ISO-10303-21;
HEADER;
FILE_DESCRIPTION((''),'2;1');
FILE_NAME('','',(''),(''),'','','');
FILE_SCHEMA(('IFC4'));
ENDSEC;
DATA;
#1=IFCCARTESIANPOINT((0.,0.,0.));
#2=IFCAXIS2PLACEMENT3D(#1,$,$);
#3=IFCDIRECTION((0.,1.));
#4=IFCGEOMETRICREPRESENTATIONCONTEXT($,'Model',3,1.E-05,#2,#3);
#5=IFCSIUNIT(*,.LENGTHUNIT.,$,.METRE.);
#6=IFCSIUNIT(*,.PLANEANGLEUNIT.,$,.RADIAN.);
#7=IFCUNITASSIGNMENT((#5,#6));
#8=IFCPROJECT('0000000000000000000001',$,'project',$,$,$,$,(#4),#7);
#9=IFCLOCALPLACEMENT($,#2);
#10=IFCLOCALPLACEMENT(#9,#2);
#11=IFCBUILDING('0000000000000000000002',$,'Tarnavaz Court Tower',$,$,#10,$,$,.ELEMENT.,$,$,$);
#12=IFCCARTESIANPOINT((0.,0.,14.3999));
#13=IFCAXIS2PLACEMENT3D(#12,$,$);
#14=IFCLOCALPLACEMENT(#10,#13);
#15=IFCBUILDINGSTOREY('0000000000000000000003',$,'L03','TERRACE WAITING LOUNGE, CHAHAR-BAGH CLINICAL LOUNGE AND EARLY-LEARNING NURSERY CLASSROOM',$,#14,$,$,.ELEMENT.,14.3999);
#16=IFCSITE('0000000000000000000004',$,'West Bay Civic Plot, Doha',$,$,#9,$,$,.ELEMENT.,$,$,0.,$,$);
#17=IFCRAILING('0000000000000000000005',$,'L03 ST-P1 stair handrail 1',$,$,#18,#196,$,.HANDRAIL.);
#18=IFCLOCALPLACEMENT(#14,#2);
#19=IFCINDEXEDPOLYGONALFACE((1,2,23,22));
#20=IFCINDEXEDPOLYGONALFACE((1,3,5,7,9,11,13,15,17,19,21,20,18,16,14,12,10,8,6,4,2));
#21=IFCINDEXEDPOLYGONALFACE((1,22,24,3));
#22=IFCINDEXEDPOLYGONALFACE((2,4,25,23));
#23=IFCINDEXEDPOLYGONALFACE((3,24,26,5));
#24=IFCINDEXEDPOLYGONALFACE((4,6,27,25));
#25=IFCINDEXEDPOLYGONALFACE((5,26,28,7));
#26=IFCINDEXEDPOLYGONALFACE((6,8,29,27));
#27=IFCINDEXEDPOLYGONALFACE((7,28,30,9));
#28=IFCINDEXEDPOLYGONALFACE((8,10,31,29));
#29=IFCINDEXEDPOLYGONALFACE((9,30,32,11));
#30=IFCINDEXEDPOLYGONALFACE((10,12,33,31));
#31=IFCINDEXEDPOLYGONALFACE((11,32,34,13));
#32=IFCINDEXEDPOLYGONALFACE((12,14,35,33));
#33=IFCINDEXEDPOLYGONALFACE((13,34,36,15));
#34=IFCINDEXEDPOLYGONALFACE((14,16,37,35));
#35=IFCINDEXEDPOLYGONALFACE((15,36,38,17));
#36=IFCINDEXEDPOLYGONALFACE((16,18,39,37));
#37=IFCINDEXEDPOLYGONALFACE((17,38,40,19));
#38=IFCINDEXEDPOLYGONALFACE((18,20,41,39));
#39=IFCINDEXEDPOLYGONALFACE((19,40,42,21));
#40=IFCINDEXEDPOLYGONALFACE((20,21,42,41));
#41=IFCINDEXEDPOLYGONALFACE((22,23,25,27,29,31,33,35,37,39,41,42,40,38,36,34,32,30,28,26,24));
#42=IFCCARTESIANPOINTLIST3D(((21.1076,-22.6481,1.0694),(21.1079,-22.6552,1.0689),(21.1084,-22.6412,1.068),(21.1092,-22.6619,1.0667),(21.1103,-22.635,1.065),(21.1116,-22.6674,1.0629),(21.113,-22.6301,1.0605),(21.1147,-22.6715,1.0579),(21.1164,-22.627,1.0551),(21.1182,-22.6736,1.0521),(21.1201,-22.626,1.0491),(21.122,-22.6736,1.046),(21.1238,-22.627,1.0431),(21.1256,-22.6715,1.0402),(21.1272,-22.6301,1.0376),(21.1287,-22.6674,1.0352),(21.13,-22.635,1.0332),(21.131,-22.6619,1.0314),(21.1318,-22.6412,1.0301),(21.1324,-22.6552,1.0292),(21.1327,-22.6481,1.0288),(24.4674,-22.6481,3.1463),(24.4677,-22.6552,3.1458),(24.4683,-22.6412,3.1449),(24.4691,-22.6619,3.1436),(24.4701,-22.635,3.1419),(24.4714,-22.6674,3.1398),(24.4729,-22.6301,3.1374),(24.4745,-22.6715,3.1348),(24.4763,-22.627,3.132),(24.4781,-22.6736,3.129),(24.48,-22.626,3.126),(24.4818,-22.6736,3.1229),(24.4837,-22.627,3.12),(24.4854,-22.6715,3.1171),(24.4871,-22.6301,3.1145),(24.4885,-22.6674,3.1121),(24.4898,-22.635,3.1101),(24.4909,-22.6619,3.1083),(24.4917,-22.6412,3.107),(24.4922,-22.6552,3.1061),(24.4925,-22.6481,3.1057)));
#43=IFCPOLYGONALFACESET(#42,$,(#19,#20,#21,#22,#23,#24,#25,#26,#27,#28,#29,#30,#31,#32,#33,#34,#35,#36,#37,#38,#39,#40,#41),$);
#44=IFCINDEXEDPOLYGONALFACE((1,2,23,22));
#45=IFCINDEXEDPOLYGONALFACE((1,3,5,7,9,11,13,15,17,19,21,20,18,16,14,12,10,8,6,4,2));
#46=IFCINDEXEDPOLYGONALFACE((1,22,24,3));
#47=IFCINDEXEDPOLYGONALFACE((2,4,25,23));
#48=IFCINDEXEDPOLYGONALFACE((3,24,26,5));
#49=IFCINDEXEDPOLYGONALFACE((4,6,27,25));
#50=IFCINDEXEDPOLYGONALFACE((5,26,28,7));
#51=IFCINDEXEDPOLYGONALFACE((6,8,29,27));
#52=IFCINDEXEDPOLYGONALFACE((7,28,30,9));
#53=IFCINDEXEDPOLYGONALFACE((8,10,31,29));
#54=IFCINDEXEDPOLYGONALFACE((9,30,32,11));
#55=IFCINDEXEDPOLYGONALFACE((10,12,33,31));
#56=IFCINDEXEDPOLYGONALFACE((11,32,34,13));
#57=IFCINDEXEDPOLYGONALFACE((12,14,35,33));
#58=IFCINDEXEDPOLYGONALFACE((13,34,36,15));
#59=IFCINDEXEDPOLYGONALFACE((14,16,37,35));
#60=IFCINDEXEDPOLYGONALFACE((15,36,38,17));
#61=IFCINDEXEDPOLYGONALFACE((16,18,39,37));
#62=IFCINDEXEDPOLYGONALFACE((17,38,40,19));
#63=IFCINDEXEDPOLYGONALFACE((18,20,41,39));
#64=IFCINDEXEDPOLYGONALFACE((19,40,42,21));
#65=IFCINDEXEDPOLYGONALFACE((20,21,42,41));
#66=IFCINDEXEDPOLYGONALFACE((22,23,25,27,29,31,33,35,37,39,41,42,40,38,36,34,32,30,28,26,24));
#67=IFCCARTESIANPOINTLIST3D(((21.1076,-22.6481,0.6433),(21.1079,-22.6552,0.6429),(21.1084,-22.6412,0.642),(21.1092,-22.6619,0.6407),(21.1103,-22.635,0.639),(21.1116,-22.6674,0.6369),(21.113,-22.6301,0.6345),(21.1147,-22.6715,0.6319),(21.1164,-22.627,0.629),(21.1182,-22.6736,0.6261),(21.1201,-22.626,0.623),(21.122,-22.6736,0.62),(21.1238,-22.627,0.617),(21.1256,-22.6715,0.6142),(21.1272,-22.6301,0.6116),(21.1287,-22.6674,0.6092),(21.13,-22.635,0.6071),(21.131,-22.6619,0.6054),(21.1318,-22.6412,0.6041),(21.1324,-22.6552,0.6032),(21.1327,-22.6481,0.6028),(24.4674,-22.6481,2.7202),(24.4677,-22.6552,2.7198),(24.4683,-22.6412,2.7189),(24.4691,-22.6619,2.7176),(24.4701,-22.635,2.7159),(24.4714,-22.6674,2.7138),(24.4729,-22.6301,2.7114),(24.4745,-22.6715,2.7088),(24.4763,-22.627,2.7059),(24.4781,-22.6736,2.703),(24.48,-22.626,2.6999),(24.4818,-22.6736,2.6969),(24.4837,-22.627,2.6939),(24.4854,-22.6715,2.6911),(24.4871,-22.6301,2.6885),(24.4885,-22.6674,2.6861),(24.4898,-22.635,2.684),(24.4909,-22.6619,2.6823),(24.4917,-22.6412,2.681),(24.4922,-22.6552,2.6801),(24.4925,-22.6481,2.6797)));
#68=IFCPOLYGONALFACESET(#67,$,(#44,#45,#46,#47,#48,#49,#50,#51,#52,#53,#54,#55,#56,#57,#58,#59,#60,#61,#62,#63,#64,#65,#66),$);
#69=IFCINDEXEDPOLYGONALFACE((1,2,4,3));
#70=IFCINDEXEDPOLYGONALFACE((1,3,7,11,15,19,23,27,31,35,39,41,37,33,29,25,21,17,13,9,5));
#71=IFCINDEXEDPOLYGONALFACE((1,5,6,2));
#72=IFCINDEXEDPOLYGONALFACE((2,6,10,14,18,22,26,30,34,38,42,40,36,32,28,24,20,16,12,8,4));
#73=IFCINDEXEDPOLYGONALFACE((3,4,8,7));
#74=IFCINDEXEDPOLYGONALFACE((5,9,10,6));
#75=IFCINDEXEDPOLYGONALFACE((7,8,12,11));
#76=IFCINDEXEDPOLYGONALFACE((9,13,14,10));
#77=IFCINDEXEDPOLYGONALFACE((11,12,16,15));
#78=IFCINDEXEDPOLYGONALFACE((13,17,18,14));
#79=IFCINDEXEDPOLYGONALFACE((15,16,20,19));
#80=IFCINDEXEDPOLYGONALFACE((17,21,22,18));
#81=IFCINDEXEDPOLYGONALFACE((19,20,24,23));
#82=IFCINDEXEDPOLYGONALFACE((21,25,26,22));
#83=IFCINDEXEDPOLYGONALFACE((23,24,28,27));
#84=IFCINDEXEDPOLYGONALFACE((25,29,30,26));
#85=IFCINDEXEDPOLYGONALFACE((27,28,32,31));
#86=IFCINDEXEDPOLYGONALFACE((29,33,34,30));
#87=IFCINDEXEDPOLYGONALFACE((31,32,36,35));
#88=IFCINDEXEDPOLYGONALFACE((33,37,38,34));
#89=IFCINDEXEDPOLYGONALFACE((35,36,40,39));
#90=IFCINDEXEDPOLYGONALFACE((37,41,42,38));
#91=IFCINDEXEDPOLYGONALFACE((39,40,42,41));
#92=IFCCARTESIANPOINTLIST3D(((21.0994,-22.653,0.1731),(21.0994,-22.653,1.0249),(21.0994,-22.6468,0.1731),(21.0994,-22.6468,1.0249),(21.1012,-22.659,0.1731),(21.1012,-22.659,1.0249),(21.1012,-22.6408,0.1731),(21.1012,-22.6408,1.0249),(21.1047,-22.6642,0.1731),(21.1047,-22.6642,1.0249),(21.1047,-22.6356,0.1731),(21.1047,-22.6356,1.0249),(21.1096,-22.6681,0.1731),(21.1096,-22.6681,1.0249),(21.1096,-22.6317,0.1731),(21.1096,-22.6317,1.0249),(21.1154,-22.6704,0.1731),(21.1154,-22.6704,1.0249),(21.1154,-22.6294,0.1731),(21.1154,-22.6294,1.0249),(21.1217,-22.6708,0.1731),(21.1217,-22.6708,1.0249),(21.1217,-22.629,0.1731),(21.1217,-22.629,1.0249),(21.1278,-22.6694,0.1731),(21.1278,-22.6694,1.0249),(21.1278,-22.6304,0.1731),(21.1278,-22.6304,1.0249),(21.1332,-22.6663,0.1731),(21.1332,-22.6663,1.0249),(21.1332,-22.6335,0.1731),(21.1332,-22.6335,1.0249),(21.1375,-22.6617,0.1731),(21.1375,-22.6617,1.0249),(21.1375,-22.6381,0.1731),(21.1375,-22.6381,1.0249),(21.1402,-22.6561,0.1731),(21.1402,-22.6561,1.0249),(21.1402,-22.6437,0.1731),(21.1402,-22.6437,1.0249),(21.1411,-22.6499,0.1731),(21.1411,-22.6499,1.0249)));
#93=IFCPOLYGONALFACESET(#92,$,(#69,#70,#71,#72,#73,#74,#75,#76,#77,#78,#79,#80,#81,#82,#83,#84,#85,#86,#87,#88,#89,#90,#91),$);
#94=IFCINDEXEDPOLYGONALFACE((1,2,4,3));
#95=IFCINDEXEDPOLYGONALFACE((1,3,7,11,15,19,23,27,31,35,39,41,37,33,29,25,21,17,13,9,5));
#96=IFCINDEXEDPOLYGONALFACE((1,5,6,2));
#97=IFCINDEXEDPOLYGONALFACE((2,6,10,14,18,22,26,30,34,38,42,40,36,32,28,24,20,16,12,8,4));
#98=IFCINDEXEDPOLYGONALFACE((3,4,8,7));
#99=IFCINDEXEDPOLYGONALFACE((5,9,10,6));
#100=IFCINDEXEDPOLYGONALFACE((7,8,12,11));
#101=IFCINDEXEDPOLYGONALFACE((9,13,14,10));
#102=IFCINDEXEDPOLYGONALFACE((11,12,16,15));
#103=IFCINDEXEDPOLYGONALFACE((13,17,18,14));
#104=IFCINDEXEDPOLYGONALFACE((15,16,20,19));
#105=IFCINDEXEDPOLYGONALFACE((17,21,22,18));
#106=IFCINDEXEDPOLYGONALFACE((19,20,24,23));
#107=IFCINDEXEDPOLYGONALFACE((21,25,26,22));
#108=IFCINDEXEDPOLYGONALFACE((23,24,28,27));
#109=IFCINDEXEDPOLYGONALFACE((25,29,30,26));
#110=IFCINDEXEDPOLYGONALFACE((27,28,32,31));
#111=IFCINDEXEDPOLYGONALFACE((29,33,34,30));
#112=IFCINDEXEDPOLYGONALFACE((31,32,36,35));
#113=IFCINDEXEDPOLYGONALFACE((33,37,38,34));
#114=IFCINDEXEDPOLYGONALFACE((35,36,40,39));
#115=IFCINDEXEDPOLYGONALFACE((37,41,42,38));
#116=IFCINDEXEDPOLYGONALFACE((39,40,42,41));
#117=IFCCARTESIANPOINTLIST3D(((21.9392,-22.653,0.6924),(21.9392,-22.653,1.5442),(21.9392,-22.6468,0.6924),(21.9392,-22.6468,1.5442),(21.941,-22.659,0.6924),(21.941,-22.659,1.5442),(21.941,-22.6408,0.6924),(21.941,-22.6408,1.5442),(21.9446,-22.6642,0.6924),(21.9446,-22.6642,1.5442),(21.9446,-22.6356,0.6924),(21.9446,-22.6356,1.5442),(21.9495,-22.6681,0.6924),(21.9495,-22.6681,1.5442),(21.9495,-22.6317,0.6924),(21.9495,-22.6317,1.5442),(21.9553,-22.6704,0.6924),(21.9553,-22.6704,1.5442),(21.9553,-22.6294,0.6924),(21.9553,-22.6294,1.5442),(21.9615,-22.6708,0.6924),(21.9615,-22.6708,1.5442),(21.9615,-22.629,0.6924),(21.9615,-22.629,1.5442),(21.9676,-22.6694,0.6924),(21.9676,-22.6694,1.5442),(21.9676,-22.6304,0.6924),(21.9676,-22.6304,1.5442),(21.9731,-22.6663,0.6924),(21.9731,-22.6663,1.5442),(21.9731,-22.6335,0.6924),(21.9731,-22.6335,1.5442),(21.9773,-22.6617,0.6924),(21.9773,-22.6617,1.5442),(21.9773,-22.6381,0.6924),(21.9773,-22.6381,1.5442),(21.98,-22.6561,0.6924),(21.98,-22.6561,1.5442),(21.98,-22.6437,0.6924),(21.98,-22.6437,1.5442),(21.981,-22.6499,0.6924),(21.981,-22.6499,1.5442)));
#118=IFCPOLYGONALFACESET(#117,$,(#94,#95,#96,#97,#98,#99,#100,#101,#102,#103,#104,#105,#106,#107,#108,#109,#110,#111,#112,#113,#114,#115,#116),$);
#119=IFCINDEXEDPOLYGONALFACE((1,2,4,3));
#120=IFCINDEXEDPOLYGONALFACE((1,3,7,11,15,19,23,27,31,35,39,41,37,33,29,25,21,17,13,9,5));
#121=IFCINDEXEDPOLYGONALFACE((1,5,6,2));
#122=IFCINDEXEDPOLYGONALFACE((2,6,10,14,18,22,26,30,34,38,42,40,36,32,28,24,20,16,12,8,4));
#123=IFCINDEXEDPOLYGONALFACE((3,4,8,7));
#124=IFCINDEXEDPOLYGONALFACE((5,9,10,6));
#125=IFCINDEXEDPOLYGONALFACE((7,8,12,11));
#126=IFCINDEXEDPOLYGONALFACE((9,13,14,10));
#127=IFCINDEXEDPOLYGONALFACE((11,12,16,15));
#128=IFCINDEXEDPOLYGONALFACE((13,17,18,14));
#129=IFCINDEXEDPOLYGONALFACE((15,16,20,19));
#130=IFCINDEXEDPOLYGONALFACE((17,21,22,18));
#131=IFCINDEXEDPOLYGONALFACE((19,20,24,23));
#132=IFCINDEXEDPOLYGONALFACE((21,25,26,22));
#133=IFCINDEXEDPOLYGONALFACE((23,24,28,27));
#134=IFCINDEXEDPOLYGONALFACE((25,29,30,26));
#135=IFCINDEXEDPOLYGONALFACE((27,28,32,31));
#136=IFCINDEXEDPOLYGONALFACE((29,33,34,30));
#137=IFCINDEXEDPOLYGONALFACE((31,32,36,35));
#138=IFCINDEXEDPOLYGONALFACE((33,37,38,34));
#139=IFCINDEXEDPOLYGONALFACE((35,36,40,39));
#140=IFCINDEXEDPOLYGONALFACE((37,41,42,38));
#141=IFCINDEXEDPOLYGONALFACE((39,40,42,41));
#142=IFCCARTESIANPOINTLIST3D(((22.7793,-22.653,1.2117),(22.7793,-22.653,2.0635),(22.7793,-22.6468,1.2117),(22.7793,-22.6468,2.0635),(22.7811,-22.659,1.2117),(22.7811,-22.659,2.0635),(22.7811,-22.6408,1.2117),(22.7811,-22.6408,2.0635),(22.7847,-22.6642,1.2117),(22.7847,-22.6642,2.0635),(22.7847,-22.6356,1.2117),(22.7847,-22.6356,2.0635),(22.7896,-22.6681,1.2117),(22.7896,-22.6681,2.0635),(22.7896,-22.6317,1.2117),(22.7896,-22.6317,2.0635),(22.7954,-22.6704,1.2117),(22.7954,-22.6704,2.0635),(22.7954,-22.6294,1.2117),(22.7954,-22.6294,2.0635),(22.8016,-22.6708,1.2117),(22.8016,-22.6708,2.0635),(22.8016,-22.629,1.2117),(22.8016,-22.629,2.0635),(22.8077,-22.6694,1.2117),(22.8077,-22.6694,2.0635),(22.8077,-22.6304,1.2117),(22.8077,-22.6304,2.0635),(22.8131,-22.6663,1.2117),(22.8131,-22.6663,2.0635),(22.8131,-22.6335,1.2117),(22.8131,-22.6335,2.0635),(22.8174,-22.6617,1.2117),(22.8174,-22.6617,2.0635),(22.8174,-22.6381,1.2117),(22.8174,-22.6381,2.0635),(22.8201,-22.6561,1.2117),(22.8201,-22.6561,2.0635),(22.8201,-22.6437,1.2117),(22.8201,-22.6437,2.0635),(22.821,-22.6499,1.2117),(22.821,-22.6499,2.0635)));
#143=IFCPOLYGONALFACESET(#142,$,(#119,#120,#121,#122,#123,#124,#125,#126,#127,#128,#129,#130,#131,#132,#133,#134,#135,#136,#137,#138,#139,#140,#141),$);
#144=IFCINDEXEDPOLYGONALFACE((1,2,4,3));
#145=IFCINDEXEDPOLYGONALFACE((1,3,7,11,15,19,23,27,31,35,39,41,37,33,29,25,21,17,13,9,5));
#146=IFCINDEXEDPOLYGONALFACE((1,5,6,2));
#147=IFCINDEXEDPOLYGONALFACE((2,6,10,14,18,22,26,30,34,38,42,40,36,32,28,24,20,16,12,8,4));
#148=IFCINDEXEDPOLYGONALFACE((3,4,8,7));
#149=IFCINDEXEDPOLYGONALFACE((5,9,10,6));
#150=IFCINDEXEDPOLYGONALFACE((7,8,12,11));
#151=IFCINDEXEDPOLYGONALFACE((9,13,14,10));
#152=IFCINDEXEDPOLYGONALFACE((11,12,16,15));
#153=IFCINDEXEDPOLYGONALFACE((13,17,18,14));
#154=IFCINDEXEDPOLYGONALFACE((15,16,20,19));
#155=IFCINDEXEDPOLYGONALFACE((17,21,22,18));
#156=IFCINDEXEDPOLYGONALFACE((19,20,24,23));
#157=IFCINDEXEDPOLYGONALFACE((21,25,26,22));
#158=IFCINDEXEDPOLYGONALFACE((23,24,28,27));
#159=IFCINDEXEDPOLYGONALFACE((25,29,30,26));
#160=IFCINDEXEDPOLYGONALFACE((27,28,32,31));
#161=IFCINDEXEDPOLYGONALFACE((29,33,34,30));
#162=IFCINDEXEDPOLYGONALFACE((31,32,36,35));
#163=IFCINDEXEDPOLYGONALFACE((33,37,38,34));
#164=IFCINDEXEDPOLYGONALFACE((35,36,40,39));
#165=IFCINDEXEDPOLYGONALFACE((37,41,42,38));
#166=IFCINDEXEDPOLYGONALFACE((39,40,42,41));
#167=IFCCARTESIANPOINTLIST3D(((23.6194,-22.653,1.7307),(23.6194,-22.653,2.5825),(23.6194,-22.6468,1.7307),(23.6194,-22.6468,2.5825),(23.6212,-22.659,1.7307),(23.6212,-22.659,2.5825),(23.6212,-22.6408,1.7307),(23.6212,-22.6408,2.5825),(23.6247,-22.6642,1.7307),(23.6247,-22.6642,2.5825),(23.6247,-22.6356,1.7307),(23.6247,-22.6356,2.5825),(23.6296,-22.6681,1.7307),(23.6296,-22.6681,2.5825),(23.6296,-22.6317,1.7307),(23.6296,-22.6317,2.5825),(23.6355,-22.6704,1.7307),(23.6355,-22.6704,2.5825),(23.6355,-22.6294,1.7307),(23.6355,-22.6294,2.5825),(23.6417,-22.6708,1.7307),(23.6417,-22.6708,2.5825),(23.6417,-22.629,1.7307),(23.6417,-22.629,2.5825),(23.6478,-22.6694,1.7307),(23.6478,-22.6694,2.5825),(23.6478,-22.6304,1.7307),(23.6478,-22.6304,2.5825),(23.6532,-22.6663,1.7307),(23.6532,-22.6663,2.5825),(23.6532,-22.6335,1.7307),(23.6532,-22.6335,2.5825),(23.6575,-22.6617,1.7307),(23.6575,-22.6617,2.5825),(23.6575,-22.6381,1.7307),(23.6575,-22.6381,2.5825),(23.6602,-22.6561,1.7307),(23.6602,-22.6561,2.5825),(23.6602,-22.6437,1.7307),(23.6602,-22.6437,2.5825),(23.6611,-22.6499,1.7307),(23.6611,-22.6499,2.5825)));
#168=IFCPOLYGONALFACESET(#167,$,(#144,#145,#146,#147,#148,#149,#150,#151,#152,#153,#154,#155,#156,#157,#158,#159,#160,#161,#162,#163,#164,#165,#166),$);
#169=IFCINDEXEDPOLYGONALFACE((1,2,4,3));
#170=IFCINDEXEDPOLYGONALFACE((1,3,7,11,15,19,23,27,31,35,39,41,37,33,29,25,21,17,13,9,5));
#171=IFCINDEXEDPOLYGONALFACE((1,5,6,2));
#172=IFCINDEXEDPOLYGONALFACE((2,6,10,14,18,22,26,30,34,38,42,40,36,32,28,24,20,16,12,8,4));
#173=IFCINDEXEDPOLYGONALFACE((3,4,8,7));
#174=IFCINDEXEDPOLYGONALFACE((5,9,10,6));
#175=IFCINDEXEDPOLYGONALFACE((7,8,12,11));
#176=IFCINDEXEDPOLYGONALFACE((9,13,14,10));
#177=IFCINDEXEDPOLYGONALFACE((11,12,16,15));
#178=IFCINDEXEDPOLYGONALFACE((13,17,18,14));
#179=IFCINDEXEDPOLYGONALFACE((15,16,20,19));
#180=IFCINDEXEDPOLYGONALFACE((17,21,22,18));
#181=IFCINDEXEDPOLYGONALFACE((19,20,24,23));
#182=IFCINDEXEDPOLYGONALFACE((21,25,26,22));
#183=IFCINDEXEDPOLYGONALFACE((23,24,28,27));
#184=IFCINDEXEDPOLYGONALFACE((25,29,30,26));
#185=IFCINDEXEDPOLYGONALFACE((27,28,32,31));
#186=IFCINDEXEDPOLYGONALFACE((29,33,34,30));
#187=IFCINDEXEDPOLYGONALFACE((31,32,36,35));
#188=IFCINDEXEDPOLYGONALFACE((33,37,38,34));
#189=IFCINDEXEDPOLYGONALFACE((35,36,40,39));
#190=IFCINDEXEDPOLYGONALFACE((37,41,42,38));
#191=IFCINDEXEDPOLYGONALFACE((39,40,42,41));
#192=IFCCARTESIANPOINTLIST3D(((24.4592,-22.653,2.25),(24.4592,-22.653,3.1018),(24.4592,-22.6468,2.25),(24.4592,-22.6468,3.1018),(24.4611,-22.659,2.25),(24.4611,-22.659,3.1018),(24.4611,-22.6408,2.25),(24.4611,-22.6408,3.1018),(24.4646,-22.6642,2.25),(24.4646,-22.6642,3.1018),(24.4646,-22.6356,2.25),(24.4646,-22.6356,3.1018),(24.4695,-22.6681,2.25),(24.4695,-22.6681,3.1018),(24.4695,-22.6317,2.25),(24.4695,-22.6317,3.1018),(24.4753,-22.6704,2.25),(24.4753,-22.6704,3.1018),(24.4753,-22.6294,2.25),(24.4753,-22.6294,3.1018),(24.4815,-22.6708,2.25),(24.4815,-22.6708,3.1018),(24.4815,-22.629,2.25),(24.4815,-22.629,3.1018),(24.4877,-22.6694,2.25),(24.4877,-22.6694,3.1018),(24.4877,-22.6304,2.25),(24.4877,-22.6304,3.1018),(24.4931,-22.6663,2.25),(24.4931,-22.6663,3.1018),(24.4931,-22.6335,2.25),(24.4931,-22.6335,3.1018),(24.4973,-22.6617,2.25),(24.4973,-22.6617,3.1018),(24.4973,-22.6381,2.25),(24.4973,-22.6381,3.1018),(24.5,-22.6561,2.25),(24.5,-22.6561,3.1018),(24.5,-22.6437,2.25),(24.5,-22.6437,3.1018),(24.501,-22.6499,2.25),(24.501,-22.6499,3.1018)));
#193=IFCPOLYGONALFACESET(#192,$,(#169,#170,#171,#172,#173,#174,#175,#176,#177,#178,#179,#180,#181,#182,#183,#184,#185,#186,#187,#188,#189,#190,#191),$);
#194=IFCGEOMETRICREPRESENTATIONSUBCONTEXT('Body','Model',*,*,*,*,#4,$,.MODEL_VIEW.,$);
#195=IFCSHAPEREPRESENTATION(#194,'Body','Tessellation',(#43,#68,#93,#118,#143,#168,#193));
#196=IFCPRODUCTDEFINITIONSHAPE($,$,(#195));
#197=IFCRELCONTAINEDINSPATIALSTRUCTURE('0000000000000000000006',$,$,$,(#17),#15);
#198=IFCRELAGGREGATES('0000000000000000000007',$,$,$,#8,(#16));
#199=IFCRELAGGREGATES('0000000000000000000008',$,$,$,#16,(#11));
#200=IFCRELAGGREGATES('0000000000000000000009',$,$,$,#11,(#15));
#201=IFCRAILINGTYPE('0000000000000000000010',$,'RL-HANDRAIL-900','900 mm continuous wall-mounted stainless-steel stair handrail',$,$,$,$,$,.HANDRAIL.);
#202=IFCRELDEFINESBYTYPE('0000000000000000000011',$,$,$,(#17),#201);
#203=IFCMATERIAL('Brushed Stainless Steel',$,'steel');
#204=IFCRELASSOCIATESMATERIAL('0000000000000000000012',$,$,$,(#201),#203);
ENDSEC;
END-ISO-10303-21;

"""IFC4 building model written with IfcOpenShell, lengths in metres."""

from ifc_helpers import new_model, si_unit, direction, frame, origin, origin_2d, place, context, subcontext, project, spatial, circle, extrude, material, type_object, element, save


model = new_model("IFC4")

# Units and contexts
model_context = context("Model", 3, precision=1e-05, world=origin(), true_north=direction((0.0, 1.0)))
body_context = subcontext(model_context, "Body", "Model", "MODEL_VIEW")
ifc_project = project(units=[si_unit("LENGTHUNIT", "METRE"), si_unit("PLANEANGLEUNIT", "RADIAN")], contexts=[model_context])

# Site, building, storey
site_placement = place(None, origin())
site = spatial("IfcSite", under=ifc_project, at=site_placement, Name="West Bay Civic Plot, Doha", CompositionType="ELEMENT", RefElevation=0.0)
building_placement = place(site_placement, origin())
building = spatial("IfcBuilding", under=site, at=building_placement, Name="Tarnavaz Court Tower", CompositionType="ELEMENT")
storey_placement = place(building_placement, frame((0.0, 0.0, 14.3999)))
storey = spatial("IfcBuildingStorey", under=building, at=storey_placement, Name="L03", Description="TERRACE WAITING LOUNGE, CHAHAR-BAGH CLINICAL LOUNGE AND EARLY-LEARNING NURSERY CLASSROOM", CompositionType="ELEMENT", Elevation=14.3999)

# Railing
ifc_material_1 = material(Name="Brushed Stainless Steel", Category="steel")
railing_type_1 = type_object("IfcRailingType", Name="RL-HANDRAIL-900", Description="900 mm continuous wall-mounted stainless-steel stair handrail", PredefinedType="HANDRAIL", material=ifc_material_1)
railing_1_placement = place(storey_placement, frame((21.1201, -22.6499, 0.1731)))
element("IfcRailing", 1, at=railing_1_placement, inside=storey, type_object=railing_type_1, Name="L03 ST-P1 stair handrail 1", PredefinedType="HANDRAIL", context=body_context, shape_type="SweptSolid", body=[
    extrude(circle(Radius=0.0239, at=origin_2d()), frame((0.0, 0.0, 0.876), z_axis=(0.850606, 0.0, 0.525803), x_axis=(0.0, 1.0, 0.0)), (0.0, 0.0, 1.0), 3.95),
    extrude(circle(Radius=0.0239, at=origin_2d()), frame((0.0, 0.0, 0.45), z_axis=(0.850606, 0.0, 0.525803), x_axis=(0.0, 1.0, 0.0)), (0.0, 0.0, 1.0), 3.95),
    extrude(circle(Radius=0.021, at=origin_2d()), origin(), (0.0, 0.0, 1.0), 0.8518),
    extrude(circle(Radius=0.021, at=origin_2d()), frame((0.8398, 0.0, 0.5193)), (0.0, 0.0, 1.0), 0.8518),
    extrude(circle(Radius=0.021, at=origin_2d()), frame((1.6799, 0.0, 1.0386)), (0.0, 0.0, 1.0), 0.8518),
    extrude(circle(Radius=0.021, at=origin_2d()), frame((2.52, 0.0, 1.5576)), (0.0, 0.0, 1.0), 0.8518),
    extrude(circle(Radius=0.021, at=origin_2d()), frame((3.3599, 0.0, 2.0769)), (0.0, 0.0, 1.0), 0.8518),
])

save(model, "model.ifc")
